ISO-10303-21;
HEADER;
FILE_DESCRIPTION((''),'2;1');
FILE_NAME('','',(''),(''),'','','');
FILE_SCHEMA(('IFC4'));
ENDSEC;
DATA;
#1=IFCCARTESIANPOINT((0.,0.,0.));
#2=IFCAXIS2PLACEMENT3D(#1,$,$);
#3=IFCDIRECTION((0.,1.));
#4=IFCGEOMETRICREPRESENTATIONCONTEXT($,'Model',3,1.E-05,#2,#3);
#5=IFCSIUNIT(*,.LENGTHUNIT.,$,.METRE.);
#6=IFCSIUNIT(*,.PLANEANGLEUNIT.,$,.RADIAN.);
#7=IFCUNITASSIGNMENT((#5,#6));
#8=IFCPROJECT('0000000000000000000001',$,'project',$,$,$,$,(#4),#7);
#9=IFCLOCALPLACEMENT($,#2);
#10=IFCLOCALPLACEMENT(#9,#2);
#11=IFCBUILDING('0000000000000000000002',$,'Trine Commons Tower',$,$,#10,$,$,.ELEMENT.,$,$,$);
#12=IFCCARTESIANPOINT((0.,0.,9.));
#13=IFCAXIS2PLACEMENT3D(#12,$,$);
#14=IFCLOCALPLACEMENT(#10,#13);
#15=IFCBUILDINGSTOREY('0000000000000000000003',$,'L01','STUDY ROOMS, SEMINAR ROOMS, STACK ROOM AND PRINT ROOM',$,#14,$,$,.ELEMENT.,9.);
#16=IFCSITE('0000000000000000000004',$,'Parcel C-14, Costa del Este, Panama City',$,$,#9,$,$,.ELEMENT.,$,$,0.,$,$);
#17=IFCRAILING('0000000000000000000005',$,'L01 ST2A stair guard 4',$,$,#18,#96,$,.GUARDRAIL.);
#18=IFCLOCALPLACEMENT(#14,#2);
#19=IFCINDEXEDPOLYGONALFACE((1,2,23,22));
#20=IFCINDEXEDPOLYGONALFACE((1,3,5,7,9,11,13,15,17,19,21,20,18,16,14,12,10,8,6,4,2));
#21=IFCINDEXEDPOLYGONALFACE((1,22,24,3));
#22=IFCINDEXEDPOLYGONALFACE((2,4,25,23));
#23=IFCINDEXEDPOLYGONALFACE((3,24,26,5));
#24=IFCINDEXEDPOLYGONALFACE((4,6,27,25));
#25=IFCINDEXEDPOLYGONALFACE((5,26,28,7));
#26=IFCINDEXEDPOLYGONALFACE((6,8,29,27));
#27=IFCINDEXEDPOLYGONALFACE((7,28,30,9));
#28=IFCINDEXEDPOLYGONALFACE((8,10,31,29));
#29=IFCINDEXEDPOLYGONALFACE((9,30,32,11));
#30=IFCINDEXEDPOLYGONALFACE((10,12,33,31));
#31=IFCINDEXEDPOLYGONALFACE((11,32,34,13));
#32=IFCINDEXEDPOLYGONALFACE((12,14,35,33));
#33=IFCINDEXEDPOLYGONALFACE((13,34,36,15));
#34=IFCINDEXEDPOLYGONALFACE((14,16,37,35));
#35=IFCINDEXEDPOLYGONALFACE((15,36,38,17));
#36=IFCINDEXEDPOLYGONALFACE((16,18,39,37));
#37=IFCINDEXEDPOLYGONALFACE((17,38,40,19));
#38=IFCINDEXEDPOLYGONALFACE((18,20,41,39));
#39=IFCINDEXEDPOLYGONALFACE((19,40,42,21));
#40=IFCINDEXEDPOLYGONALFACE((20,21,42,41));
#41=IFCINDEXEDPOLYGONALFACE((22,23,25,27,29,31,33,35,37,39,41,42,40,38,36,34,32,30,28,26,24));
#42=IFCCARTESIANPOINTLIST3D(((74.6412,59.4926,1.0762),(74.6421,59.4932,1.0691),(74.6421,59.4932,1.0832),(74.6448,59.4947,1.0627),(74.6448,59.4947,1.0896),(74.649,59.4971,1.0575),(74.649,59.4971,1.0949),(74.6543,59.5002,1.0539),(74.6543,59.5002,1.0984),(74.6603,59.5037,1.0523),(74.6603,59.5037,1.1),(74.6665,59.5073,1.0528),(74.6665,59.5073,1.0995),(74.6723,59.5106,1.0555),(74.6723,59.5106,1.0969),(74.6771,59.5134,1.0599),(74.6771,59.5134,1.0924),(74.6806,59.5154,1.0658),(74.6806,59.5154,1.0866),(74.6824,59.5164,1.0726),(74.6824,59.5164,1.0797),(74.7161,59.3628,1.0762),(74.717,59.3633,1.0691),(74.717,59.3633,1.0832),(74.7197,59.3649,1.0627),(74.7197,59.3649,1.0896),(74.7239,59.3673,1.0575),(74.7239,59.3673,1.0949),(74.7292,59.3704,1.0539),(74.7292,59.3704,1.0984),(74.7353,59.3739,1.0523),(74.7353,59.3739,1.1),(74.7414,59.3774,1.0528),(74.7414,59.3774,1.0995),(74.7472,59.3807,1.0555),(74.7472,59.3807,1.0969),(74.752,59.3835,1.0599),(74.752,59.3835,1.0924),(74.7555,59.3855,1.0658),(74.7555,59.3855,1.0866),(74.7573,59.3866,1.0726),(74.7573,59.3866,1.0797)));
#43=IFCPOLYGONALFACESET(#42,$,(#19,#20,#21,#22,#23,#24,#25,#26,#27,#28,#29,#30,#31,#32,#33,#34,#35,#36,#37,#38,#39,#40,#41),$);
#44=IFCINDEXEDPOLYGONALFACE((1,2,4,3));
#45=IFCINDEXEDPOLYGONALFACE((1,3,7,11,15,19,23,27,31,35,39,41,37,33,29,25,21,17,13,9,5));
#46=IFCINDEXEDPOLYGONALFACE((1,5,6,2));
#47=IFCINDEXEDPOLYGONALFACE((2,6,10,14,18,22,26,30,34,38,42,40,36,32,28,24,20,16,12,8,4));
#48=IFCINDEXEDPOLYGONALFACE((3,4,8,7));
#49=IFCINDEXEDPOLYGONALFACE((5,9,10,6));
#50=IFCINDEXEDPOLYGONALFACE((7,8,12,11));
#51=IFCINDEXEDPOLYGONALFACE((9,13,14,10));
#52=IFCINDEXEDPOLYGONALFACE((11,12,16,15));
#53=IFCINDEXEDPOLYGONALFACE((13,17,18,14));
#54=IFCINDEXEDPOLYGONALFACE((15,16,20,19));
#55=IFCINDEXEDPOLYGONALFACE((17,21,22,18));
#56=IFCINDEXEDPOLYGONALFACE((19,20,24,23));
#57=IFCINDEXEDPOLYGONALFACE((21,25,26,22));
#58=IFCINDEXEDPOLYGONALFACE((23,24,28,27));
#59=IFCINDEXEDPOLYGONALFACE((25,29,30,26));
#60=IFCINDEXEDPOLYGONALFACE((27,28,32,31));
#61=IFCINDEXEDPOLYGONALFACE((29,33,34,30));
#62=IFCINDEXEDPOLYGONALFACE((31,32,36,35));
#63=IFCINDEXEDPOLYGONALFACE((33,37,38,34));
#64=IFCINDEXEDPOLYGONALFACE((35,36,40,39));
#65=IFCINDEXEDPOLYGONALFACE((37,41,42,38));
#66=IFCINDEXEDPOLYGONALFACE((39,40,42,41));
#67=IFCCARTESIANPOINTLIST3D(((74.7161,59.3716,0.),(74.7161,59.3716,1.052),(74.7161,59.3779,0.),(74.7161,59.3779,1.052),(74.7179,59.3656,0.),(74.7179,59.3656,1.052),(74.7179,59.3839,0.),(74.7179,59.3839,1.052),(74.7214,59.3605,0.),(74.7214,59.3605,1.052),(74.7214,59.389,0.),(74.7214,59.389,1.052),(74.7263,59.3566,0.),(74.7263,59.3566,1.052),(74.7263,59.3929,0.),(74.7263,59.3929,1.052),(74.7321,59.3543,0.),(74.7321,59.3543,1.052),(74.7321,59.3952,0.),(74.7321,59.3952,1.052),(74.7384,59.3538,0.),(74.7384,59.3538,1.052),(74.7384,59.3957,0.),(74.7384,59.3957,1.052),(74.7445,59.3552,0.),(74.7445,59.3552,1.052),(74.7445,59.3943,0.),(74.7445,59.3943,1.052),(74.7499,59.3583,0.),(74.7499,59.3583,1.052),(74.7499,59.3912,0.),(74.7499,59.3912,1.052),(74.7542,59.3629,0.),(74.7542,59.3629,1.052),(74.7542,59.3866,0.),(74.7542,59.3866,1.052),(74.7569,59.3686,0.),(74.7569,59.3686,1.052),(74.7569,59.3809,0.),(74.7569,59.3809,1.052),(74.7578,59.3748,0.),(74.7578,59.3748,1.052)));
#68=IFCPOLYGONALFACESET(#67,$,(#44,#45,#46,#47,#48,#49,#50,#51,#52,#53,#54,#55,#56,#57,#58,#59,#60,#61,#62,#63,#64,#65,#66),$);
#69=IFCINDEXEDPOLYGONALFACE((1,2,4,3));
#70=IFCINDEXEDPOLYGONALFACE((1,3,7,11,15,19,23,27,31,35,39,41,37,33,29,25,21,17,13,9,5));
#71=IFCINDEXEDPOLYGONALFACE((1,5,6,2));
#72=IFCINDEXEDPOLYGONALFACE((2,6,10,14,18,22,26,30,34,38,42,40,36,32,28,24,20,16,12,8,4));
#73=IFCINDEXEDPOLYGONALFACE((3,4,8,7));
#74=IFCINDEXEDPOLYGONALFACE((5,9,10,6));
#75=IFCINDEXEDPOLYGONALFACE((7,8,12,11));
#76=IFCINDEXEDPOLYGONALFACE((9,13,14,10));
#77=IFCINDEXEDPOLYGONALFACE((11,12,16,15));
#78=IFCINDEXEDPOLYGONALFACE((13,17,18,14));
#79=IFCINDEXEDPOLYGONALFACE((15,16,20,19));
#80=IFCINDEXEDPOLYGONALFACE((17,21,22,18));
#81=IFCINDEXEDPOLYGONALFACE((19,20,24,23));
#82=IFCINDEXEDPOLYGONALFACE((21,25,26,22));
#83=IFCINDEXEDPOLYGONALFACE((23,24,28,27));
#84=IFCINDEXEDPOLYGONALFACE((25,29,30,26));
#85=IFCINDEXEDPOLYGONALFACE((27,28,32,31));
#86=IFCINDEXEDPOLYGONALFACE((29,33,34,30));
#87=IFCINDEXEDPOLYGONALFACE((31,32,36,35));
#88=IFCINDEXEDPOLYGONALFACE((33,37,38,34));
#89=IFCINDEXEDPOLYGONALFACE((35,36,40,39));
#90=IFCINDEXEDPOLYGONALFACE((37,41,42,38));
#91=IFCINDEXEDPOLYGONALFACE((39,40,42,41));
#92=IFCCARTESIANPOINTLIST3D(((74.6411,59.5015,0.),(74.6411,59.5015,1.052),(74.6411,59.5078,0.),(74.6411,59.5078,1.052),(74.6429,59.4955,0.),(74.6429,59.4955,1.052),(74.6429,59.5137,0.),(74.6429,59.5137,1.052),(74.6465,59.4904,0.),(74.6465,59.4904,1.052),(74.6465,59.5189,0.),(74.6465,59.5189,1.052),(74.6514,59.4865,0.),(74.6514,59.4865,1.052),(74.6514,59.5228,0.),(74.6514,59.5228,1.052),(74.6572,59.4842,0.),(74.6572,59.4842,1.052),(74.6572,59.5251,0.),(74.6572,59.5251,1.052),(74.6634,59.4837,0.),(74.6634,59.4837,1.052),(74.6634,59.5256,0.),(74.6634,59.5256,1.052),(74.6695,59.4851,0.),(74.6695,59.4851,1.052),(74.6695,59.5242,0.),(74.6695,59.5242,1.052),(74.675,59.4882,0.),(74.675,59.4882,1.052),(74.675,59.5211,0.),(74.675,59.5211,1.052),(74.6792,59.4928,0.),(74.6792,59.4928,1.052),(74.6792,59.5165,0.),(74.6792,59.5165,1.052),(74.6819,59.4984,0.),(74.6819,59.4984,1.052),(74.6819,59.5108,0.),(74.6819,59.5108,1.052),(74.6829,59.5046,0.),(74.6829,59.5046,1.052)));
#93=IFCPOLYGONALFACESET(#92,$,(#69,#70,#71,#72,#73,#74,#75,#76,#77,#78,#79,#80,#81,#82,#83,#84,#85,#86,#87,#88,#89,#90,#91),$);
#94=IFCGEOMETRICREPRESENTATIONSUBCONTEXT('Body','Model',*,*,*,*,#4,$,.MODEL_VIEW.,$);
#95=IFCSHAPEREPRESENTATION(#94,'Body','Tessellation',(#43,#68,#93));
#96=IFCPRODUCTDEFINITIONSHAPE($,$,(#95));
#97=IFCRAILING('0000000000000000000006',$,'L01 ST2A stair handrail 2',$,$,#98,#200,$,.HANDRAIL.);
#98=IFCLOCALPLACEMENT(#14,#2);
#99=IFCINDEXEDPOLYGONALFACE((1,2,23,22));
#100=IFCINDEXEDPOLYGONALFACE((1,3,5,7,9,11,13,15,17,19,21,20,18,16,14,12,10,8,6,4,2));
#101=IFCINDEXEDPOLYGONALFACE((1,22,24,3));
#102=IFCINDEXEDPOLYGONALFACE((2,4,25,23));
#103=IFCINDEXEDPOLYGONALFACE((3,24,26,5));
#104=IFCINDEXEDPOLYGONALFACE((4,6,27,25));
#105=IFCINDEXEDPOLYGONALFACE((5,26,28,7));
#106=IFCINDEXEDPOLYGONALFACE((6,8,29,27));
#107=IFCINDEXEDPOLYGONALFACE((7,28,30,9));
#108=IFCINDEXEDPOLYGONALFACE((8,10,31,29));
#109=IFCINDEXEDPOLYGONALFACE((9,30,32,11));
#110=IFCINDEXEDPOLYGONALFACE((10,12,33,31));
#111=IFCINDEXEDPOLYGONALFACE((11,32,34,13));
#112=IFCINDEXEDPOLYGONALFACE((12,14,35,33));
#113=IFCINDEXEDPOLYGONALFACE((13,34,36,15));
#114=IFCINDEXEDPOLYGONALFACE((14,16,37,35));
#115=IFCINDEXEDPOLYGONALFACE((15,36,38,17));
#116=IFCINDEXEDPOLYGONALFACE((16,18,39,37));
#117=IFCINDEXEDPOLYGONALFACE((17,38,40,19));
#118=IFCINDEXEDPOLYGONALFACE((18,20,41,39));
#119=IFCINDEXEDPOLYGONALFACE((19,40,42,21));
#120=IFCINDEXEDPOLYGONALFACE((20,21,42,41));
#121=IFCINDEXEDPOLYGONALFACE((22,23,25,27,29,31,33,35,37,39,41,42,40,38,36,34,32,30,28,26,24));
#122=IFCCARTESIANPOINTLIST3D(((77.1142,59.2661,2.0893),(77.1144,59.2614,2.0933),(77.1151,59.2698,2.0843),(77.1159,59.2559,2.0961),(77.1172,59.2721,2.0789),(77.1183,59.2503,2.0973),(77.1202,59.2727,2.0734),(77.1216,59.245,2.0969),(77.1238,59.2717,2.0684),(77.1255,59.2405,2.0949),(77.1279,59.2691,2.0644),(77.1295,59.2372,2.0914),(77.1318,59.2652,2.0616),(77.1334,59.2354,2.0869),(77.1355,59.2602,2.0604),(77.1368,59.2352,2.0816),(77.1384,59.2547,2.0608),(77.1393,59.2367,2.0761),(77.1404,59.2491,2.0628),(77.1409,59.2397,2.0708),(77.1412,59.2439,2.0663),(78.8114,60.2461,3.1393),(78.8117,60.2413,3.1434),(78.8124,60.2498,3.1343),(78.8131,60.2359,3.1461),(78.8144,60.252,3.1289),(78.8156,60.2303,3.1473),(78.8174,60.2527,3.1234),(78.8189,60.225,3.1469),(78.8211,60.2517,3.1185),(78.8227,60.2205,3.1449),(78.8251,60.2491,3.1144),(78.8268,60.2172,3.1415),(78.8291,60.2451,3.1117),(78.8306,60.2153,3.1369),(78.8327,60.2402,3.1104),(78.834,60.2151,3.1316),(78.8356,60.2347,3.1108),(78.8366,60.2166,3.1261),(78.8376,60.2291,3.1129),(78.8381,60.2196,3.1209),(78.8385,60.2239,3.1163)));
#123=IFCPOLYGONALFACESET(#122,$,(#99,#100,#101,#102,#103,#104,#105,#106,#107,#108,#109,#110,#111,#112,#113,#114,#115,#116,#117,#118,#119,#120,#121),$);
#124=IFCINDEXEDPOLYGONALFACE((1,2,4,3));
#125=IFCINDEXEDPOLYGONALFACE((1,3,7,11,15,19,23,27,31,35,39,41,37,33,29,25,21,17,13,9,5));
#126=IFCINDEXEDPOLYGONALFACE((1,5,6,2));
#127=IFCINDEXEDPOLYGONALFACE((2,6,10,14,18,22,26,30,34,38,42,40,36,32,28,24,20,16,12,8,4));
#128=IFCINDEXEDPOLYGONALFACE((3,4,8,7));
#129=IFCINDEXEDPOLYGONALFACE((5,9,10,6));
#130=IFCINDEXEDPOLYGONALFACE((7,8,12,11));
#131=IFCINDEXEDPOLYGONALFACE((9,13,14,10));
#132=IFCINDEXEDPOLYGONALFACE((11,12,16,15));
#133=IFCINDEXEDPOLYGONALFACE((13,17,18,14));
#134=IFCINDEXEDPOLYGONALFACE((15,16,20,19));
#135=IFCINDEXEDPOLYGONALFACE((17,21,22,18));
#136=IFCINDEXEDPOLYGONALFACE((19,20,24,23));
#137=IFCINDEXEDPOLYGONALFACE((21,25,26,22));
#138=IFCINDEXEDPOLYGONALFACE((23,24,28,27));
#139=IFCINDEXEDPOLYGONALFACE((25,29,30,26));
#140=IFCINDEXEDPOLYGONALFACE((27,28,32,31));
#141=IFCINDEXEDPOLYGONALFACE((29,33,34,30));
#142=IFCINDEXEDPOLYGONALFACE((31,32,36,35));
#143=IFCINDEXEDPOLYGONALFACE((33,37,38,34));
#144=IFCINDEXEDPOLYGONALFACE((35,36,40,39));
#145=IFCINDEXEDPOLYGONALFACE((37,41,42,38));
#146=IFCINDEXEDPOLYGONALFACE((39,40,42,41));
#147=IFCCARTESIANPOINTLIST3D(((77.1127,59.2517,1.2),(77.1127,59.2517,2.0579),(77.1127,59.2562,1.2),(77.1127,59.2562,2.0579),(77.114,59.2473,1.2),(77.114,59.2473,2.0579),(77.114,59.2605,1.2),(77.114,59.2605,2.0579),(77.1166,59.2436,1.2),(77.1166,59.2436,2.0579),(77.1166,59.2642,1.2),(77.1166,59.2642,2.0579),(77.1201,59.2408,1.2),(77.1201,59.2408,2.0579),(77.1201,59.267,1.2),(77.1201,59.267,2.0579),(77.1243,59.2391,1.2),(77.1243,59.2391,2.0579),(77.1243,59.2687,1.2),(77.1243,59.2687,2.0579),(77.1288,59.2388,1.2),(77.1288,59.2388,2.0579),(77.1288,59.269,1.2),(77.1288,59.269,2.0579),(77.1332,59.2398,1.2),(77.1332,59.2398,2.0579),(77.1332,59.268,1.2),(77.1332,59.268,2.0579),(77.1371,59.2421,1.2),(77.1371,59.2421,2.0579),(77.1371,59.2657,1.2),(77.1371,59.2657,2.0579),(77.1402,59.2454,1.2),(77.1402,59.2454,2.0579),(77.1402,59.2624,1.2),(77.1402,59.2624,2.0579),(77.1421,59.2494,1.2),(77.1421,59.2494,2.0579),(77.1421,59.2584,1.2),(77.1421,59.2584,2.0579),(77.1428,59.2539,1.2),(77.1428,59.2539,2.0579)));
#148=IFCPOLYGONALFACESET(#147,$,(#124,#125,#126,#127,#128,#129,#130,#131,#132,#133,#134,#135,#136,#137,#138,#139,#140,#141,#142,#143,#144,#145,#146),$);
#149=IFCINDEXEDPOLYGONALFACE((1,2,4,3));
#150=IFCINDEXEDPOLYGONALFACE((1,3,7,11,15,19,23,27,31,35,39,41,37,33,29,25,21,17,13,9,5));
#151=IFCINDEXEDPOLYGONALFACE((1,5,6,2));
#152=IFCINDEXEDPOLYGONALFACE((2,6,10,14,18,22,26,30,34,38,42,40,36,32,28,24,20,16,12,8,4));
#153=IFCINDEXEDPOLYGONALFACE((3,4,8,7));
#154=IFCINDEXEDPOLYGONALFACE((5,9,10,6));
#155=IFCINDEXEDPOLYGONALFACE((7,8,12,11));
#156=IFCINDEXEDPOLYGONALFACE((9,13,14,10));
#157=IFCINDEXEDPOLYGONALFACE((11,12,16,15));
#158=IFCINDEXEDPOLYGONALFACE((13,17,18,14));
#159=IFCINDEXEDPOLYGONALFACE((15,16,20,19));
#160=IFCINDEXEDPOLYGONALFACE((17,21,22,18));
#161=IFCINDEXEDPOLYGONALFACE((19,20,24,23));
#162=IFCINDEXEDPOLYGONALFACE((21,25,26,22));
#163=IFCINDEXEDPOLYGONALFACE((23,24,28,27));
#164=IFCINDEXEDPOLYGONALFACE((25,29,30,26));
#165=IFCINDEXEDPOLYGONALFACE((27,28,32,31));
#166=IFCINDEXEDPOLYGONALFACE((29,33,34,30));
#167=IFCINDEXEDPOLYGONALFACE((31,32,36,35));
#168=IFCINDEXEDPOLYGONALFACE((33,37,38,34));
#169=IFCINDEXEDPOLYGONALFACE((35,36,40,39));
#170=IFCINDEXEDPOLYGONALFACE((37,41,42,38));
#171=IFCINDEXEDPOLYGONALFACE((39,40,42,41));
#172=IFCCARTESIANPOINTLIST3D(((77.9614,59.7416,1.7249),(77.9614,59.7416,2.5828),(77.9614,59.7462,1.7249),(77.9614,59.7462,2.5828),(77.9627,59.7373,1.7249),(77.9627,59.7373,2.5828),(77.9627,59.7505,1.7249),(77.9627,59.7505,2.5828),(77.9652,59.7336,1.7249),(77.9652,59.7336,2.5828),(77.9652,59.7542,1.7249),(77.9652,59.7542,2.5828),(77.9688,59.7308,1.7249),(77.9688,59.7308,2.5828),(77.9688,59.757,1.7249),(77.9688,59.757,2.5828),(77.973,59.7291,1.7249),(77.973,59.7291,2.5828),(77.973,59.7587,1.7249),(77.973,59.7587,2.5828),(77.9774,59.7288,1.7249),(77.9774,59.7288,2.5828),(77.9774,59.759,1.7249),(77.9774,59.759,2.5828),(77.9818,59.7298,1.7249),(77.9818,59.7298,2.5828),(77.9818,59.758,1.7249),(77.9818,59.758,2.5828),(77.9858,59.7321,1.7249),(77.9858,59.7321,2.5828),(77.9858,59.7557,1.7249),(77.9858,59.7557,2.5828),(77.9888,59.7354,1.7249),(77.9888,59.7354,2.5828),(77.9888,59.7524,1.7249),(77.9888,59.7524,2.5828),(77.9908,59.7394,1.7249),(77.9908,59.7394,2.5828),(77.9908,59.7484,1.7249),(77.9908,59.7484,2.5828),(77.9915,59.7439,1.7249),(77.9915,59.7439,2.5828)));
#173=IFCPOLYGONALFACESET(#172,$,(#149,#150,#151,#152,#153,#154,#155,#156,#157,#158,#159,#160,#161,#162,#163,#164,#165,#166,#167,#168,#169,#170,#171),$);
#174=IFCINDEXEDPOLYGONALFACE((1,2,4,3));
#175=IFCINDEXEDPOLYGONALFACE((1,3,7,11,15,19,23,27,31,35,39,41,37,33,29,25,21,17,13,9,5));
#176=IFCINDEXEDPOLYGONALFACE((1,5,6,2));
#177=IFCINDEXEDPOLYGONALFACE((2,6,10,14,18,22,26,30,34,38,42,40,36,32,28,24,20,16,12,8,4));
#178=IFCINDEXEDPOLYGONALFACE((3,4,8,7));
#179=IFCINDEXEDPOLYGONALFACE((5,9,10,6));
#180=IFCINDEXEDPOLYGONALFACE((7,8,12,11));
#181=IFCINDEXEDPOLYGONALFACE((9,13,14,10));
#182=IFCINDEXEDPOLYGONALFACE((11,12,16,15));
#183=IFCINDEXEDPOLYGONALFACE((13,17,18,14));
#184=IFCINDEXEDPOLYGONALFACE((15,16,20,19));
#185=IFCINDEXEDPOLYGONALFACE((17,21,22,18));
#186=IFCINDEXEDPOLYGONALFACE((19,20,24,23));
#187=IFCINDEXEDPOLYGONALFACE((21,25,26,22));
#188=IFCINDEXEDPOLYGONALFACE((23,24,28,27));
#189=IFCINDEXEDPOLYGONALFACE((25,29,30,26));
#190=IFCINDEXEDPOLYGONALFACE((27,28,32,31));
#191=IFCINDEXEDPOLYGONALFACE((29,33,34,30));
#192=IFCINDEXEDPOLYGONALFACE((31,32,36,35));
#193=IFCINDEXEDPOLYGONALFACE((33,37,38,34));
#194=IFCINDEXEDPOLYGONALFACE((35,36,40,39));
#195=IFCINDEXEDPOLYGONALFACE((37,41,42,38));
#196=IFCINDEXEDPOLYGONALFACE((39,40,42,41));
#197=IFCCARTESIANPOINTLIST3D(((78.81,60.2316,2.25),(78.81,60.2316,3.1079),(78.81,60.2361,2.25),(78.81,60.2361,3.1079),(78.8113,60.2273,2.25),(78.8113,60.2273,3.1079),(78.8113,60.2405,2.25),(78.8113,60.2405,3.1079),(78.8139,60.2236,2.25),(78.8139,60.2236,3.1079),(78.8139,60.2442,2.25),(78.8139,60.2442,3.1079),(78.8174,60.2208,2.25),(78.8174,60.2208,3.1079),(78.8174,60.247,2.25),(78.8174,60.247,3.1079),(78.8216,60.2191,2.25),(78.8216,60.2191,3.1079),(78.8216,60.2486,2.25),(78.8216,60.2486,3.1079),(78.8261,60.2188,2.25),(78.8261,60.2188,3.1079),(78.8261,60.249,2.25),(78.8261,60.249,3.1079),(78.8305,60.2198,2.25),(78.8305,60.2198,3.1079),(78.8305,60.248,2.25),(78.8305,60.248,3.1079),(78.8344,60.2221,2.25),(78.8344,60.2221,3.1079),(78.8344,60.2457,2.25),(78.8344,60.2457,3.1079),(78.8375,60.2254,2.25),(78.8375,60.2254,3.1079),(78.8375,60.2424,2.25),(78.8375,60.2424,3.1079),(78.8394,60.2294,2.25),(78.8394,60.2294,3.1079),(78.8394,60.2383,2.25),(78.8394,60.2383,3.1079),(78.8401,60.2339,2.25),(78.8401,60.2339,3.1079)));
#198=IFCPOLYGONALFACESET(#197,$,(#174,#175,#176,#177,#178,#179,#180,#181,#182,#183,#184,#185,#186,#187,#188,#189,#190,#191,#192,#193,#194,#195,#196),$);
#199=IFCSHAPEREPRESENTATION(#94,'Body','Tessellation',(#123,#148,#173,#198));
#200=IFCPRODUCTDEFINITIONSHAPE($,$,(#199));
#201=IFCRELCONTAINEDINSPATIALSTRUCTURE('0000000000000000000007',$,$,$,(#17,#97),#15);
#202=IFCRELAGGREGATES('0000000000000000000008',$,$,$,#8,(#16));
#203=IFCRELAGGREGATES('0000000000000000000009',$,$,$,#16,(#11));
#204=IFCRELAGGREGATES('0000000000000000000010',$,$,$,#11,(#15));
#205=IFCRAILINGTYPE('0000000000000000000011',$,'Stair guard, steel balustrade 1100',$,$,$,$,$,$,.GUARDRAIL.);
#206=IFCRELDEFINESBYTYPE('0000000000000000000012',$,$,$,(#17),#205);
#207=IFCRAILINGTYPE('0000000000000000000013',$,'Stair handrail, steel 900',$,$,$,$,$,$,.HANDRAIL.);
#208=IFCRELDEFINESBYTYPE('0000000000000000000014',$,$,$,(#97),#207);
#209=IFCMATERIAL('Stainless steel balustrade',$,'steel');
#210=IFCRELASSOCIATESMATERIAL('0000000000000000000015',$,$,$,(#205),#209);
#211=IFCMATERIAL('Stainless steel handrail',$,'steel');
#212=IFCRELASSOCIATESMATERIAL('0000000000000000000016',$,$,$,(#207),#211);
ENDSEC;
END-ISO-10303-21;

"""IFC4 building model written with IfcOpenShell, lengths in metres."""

from ifc_helpers import new_model, si_unit, direction, frame, origin, origin_2d, place, context, subcontext, project, spatial, circle, extrude, material, type_object, element, save


model = new_model("IFC4")

# Units and contexts
model_context = context("Model", 3, precision=1e-05, world=origin(), true_north=direction((0.0, 1.0)))
body_context = subcontext(model_context, "Body", "Model", "MODEL_VIEW")
ifc_project = project(units=[si_unit("LENGTHUNIT", "METRE"), si_unit("PLANEANGLEUNIT", "RADIAN")], contexts=[model_context])

# Site, building, storey
site_placement = place(None, origin())
site = spatial("IfcSite", under=ifc_project, at=site_placement, Name="Parcel C-14, Costa del Este, Panama City", CompositionType="ELEMENT", RefElevation=0.0)
building_placement = place(site_placement, origin())
building = spatial("IfcBuilding", under=site, at=building_placement, Name="Trine Commons Tower", CompositionType="ELEMENT")
storey_placement = place(building_placement, frame((0.0, 0.0, 9.0)))
storey = spatial("IfcBuildingStorey", under=building, at=storey_placement, Name="L01", Description="STUDY ROOMS, SEMINAR ROOMS, STACK ROOM AND PRINT ROOM", CompositionType="ELEMENT", Elevation=9.0)

# Railings
ifc_material_1 = material(Name="Stainless steel balustrade", Category="steel")
railing_type_1 = type_object("IfcRailingType", Name="Stair guard, steel balustrade 1100", PredefinedType="GUARDRAIL", material=ifc_material_1)
railing_1_placement = place(storey_placement, frame((74.7368, 59.3748, 0.0)))
element("IfcRailing", 1, at=railing_1_placement, inside=storey, type_object=railing_type_1, Name="L01 ST2A stair guard 4", PredefinedType="GUARDRAIL", context=body_context, shape_type="SweptSolid", body=[
    extrude(circle(Radius=0.0239, at=origin_2d()), frame((0.0, 0.0, 1.0762), z_axis=(-0.499816, 0.866131, 0.0), x_axis=(-0.866131, -0.499816, 0.0)), (0.0, 0.0, 1.0), 0.1499),
    extrude(circle(Radius=0.021, at=origin_2d()), origin(), (0.0, 0.0, 1.0), 1.052),
    extrude(circle(Radius=0.021, at=origin_2d()), frame((-0.075, 0.1299, 0.0)), (0.0, 0.0, 1.0), 1.052),
])
ifc_material_2 = material(Name="Stainless steel handrail", Category="steel")
railing_type_2 = type_object("IfcRailingType", Name="Stair handrail, steel 900", PredefinedType="HANDRAIL", material=ifc_material_2)
railing_2_placement = place(storey_placement, frame((77.1277, 59.2539, 1.2)))
element("IfcRailing", 2, at=railing_2_placement, inside=storey, type_object=railing_type_2, Name="L01 ST2A stair handrail 2", PredefinedType="HANDRAIL", context=body_context, shape_type="SweptSolid", body=[
    extrude(circle(Radius=0.021, at=origin_2d()), frame((0.0, 0.0, 0.8789), z_axis=(0.763352, 0.44075, 0.472264), x_axis=(-0.500024, 0.866011, 0.0)), (0.0, 0.0, 1.0), 2.2234),
    extrude(circle(Radius=0.0151, at=origin_2d()), origin(), (0.0, 0.0, 1.0), 0.8579),
    extrude(circle(Radius=0.0151, at=origin_2d()), frame((0.8486, 0.49, 0.5249)), (0.0, 0.0, 1.0), 0.8579),
    extrude(circle(Radius=0.0151, at=origin_2d()), frame((1.6973, 0.98, 1.05)), (0.0, 0.0, 1.0), 0.8579),
])

save(model, "model.ifc")
